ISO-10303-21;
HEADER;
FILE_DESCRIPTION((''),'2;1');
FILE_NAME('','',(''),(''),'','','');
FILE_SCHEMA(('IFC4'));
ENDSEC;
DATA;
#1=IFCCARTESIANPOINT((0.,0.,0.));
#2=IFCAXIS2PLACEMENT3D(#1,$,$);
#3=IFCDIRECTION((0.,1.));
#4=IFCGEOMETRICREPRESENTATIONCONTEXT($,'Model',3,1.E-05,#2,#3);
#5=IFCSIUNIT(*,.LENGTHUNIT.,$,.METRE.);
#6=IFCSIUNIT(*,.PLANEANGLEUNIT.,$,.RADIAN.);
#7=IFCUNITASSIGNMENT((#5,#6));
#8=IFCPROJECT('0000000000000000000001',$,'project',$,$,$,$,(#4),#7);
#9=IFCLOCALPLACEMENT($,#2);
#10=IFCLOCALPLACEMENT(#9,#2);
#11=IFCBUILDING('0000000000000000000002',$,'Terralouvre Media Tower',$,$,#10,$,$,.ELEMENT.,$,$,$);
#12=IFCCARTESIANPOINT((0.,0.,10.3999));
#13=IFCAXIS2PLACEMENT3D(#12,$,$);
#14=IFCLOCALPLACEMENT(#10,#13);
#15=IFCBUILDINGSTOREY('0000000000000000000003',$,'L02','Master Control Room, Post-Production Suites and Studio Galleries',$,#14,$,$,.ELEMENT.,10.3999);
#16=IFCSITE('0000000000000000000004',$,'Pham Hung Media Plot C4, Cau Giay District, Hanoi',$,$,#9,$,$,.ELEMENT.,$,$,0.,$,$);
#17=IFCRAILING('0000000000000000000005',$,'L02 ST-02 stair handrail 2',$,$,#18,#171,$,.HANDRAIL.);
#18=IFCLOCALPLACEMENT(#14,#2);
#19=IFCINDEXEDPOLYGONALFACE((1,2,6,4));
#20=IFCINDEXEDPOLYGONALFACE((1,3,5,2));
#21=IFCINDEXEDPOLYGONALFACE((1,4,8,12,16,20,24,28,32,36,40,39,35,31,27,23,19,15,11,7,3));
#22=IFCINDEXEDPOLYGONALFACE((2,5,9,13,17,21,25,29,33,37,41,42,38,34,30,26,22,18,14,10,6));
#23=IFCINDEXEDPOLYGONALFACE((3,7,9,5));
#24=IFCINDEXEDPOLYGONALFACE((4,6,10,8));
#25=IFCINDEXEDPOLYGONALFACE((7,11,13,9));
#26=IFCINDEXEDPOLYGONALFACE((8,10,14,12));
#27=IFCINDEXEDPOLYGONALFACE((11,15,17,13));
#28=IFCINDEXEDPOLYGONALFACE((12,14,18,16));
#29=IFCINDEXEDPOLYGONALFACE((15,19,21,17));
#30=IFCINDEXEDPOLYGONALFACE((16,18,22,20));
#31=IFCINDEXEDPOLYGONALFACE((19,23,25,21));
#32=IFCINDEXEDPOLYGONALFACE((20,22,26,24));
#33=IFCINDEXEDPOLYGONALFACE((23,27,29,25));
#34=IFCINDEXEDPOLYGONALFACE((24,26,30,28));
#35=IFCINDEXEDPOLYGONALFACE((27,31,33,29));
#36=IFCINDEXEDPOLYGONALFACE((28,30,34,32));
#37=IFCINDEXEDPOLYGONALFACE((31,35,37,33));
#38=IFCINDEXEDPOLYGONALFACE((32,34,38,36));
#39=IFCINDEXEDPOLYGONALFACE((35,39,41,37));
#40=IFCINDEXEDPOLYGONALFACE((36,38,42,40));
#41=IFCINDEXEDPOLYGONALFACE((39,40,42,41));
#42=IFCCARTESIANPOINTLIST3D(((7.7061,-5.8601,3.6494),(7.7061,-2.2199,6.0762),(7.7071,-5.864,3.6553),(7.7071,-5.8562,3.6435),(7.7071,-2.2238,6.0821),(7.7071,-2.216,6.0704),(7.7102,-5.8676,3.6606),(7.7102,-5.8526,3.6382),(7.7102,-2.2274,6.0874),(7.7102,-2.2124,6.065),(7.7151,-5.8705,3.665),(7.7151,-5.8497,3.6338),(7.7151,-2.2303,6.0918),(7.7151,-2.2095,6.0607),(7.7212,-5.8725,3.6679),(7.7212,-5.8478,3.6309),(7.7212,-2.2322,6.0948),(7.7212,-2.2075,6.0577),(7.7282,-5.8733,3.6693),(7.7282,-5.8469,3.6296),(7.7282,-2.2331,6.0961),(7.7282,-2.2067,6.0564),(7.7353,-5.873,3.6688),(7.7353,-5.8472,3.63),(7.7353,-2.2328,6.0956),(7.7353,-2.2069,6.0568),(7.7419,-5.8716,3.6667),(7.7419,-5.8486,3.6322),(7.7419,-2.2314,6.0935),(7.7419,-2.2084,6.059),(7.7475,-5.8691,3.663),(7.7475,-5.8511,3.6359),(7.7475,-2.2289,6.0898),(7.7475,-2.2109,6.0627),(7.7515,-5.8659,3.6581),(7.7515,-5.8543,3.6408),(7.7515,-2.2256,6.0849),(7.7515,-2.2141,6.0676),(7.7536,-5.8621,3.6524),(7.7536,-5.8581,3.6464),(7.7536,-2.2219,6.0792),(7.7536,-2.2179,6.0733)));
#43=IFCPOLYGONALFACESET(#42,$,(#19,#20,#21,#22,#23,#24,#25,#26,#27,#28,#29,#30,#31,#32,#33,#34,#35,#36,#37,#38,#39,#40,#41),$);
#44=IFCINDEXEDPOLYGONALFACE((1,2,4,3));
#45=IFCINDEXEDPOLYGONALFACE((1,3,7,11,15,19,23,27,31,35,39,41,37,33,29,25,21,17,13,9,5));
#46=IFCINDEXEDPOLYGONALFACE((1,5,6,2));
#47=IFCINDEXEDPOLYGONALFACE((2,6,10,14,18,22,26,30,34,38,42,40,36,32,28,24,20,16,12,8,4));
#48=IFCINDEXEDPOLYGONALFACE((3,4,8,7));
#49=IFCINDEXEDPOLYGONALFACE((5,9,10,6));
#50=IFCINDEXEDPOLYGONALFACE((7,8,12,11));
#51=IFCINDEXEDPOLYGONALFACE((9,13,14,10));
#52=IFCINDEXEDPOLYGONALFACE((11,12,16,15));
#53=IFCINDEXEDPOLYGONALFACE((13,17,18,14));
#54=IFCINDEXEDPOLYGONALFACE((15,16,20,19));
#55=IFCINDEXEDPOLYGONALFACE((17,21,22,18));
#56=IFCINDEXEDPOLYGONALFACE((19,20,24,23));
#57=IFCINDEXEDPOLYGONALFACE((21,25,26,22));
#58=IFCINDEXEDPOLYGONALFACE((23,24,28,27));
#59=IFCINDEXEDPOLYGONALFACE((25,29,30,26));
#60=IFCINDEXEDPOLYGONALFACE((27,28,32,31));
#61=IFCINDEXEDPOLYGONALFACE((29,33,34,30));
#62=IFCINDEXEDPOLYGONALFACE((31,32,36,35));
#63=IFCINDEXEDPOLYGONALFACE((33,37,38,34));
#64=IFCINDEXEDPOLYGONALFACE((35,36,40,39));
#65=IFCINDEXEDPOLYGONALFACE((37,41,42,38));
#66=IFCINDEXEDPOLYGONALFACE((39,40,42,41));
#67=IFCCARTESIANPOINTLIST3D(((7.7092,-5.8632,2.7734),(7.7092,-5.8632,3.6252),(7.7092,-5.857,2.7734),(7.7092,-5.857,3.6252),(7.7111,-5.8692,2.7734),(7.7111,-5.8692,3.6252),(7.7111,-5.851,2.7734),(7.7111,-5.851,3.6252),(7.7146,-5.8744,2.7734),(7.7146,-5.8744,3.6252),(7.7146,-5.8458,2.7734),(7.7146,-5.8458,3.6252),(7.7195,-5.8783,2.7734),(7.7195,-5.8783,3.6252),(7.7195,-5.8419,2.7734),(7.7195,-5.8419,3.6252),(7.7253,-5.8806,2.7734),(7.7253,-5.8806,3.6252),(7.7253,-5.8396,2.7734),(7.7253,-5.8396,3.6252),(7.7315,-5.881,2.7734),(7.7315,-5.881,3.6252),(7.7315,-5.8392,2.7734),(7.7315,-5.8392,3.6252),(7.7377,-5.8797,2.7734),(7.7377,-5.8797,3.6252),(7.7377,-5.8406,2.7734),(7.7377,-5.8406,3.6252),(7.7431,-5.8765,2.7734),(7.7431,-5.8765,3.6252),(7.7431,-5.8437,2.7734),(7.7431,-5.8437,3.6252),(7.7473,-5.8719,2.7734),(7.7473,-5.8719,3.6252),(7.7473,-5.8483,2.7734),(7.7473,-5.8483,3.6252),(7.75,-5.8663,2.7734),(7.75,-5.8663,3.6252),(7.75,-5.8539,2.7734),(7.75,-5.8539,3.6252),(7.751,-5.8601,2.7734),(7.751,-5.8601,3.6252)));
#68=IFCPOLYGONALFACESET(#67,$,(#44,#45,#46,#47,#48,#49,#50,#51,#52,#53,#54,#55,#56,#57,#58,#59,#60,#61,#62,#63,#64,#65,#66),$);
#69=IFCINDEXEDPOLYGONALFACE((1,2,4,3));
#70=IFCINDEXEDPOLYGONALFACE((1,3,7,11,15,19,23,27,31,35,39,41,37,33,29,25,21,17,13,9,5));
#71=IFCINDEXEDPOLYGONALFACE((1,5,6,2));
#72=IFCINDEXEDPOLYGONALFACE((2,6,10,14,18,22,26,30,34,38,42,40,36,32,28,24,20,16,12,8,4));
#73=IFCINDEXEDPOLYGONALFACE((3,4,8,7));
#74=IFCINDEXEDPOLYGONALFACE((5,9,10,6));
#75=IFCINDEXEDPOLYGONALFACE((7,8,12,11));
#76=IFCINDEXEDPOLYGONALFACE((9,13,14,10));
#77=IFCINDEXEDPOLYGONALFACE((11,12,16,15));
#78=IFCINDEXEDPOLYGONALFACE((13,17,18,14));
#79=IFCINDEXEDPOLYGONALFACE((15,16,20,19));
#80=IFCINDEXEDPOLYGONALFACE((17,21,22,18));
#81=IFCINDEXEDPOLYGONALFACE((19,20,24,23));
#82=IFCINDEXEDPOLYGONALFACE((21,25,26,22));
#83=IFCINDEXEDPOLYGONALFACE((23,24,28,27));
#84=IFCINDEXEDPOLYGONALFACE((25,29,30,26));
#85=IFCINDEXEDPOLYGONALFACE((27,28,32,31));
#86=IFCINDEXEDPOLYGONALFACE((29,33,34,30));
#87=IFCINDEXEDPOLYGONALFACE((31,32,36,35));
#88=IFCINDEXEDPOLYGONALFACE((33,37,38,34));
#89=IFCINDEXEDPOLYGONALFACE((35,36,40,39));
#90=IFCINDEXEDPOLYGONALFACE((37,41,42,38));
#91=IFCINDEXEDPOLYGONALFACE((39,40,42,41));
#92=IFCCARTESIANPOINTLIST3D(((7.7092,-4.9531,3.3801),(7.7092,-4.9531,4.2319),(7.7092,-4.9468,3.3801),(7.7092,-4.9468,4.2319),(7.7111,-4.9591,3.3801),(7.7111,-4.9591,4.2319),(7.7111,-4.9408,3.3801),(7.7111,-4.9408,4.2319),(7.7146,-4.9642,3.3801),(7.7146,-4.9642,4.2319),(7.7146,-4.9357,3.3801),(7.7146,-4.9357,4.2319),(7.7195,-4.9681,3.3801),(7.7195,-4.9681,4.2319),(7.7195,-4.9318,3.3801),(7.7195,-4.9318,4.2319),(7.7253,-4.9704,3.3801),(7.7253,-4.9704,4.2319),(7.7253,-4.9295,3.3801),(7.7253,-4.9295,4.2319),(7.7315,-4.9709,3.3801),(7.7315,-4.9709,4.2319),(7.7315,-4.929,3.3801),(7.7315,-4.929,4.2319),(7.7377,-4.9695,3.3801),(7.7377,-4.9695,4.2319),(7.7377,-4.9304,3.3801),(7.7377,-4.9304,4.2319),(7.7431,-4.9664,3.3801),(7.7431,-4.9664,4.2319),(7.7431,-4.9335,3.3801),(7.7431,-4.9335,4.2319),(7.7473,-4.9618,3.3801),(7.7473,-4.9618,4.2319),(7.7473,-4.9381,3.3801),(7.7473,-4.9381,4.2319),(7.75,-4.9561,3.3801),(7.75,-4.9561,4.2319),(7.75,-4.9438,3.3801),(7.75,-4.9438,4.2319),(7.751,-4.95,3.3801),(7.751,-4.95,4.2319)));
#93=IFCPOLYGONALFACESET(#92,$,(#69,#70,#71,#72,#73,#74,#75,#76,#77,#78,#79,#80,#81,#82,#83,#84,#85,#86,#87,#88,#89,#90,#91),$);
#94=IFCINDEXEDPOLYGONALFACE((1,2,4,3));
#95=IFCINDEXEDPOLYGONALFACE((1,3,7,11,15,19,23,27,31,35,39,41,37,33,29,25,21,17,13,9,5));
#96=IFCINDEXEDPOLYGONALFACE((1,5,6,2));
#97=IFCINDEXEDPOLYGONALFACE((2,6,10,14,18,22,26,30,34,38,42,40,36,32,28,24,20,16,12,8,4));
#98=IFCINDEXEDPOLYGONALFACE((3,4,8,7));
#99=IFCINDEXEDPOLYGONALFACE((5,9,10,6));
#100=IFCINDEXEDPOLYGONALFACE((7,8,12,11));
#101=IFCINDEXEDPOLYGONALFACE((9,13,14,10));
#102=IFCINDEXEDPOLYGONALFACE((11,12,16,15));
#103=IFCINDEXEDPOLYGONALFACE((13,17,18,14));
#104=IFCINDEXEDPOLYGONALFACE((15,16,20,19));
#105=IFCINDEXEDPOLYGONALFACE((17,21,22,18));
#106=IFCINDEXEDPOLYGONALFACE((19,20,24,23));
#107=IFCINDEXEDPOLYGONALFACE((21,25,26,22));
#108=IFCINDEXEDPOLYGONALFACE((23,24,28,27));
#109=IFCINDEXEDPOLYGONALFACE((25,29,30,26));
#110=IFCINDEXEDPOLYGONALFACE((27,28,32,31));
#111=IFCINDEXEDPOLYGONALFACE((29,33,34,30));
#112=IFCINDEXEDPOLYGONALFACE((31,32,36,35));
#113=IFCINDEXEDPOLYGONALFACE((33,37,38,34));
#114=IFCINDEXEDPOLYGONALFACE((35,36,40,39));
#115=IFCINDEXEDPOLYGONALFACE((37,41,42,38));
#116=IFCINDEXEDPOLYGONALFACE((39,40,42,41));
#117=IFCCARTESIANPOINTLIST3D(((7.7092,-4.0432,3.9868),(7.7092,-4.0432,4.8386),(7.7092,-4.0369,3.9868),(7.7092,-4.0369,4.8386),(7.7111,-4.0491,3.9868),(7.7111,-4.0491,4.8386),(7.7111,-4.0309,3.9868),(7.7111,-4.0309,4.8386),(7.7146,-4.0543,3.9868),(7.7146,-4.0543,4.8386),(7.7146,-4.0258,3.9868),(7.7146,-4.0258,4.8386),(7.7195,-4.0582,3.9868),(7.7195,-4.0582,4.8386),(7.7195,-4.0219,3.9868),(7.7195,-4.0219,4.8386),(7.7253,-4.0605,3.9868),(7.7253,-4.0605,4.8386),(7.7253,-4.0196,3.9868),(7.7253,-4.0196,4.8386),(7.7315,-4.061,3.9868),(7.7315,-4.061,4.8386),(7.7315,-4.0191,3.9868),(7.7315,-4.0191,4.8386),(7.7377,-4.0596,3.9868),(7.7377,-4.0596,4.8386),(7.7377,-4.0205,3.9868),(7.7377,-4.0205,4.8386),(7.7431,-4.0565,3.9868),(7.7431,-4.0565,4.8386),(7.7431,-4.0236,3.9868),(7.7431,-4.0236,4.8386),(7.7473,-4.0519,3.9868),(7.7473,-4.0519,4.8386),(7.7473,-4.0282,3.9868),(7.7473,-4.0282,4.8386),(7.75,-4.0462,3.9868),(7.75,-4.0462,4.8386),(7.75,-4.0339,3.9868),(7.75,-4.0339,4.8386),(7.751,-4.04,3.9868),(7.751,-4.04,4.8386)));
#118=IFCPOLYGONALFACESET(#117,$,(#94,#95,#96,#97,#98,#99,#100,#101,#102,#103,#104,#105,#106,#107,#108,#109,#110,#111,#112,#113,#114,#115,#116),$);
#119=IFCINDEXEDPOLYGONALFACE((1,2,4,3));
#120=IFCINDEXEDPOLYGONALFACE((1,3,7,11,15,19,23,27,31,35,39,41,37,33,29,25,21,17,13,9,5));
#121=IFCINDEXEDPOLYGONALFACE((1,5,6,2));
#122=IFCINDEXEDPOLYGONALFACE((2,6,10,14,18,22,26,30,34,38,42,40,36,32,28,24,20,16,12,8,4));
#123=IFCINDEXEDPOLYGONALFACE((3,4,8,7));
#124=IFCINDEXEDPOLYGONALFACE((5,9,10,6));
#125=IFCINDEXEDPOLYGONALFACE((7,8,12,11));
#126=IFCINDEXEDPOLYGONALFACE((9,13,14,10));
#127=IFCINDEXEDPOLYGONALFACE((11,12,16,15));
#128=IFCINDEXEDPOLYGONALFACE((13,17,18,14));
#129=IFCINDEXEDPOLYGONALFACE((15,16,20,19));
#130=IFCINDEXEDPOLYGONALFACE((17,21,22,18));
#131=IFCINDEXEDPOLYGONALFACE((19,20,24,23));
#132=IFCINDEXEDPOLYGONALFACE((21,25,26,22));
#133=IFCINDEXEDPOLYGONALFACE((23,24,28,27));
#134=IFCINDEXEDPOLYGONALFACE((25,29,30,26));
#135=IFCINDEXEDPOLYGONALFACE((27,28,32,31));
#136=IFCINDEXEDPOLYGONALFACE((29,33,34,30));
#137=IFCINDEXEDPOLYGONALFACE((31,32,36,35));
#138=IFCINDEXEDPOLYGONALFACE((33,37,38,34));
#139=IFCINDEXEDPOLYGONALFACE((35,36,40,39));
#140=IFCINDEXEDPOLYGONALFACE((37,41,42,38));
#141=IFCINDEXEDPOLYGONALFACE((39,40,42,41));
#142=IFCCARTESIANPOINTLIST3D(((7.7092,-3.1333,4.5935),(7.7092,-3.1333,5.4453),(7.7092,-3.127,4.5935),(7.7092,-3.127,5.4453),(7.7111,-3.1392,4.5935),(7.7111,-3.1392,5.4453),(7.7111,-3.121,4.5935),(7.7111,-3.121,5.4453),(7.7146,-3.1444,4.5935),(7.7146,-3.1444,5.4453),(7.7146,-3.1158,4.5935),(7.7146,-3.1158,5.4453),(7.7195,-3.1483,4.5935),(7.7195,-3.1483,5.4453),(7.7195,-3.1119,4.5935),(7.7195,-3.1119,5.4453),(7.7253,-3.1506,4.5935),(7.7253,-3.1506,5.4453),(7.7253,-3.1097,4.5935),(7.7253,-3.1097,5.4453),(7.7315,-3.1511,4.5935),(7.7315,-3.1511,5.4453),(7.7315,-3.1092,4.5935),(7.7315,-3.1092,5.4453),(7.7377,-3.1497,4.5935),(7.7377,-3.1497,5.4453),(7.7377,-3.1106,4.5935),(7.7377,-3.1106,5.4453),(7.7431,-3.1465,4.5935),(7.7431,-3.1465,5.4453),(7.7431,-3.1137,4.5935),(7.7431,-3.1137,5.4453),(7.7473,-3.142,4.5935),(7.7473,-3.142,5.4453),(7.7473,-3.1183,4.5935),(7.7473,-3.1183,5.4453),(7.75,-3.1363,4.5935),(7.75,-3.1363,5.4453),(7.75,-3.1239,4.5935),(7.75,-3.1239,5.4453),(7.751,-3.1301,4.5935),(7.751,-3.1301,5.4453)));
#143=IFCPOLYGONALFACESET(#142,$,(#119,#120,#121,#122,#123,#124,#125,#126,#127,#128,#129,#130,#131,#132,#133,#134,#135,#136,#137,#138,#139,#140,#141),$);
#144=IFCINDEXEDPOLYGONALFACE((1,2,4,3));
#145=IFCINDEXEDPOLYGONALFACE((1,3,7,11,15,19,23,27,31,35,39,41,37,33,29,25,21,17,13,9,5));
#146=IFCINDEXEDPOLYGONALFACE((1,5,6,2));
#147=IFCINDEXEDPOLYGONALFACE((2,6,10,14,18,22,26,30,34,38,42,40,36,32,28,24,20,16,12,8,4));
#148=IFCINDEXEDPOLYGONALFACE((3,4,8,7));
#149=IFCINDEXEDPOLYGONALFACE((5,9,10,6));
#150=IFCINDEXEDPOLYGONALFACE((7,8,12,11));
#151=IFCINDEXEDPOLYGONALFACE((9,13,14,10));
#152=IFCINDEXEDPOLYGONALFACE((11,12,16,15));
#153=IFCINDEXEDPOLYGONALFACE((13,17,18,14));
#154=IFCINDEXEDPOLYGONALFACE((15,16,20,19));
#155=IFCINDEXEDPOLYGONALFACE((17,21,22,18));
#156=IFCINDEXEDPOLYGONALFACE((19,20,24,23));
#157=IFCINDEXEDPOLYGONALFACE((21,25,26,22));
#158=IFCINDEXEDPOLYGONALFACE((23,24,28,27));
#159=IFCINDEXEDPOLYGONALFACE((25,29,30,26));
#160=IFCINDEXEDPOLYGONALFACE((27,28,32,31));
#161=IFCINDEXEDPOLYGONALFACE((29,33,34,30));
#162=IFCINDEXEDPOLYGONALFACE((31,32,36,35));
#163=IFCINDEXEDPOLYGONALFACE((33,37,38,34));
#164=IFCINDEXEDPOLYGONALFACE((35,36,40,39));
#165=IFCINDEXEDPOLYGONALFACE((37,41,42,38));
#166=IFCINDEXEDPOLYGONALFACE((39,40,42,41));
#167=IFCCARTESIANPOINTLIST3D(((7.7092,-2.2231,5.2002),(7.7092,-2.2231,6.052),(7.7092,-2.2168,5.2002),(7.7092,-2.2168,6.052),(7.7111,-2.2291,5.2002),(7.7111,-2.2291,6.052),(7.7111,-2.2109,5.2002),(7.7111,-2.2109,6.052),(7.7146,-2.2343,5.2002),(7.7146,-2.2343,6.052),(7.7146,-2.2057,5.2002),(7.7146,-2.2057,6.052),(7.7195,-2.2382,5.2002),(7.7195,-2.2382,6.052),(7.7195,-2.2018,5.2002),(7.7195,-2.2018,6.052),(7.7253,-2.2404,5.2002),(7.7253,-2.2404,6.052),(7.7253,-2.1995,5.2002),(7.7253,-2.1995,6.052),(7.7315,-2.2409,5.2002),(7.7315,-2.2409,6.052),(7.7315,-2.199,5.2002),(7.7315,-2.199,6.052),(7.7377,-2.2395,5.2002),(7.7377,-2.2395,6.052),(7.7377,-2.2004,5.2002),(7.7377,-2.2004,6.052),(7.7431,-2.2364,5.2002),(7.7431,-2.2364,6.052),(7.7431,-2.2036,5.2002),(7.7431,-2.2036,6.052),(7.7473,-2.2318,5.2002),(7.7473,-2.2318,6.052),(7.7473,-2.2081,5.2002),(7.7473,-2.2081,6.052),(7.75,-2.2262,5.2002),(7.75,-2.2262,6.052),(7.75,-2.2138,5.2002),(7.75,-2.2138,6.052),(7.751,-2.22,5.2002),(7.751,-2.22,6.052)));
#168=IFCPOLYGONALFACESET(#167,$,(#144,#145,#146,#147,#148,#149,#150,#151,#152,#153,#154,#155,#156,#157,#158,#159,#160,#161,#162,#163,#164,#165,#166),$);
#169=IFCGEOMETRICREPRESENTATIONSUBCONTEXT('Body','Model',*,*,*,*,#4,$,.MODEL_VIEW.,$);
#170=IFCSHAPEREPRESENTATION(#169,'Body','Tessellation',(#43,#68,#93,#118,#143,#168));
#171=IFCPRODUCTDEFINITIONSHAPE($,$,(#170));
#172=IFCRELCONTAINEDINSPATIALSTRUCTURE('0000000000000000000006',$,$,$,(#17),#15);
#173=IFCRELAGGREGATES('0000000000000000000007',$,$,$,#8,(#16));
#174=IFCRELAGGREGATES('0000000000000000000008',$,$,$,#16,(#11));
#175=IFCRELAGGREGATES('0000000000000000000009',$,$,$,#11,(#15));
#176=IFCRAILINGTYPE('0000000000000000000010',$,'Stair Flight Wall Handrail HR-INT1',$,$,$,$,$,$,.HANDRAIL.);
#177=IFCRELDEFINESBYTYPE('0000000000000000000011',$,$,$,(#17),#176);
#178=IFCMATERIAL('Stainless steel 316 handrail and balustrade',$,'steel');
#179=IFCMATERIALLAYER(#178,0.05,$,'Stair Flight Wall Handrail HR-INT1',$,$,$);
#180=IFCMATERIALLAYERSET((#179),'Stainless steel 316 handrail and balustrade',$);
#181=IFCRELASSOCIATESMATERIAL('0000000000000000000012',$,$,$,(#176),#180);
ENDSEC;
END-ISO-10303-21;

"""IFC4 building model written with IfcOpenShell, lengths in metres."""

from ifc_helpers import new_model, si_unit, direction, frame, origin, origin_2d, place, context, subcontext, project, spatial, circle, extrude, material, layer, layer_set, type_object, element, save


model = new_model("IFC4")

# Units and contexts
model_context = context("Model", 3, precision=1e-05, world=origin(), true_north=direction((0.0, 1.0)))
body_context = subcontext(model_context, "Body", "Model", "MODEL_VIEW")
ifc_project = project(units=[si_unit("LENGTHUNIT", "METRE"), si_unit("PLANEANGLEUNIT", "RADIAN")], contexts=[model_context])

# Site, building, storey
site_placement = place(None, origin())
site = spatial("IfcSite", under=ifc_project, at=site_placement, Name="Pham Hung Media Plot C4, Cau Giay District, Hanoi", CompositionType="ELEMENT", RefElevation=0.0)
building_placement = place(site_placement, origin())
building = spatial("IfcBuilding", under=site, at=building_placement, Name="Terralouvre Media Tower", CompositionType="ELEMENT")
storey_placement = place(building_placement, frame((0.0, 0.0, 10.3999)))
storey = spatial("IfcBuildingStorey", under=building, at=storey_placement, Name="L02", Description="Master Control Room, Post-Production Suites and Studio Galleries", CompositionType="ELEMENT", Elevation=10.3999)

# Railing
ifc_material_1 = material(Name="Stainless steel 316 handrail and balustrade", Category="steel")
ifc_layer_1 = layer(ifc_material_1, 0.05, Name="Stair Flight Wall Handrail HR-INT1")
ifc_layer_set_1 = layer_set([ifc_layer_1], Name="Stainless steel 316 handrail and balustrade")
railing_type_1 = type_object("IfcRailingType", Name="Stair Flight Wall Handrail HR-INT1", PredefinedType="HANDRAIL", material=ifc_layer_set_1)
railing_1_placement = place(storey_placement, frame((7.73, -5.8601, 2.7734)))
element("IfcRailing", 1, at=railing_1_placement, inside=storey, type_object=railing_type_1, Name="L02 ST-02 stair handrail 2", PredefinedType="HANDRAIL", context=body_context, shape_type="SweptSolid", body=[
    extrude(circle(Radius=0.0239, at=origin_2d()), frame((0.0, 0.0, 0.876), z_axis=(0.0, 0.83205, 0.5547), x_axis=(-1.0, 0.0, 0.0)), (0.0, 0.0, 1.0), 4.375),
    extrude(circle(Radius=0.021, at=origin_2d()), origin(), (0.0, 0.0, 1.0), 0.8518),
    extrude(circle(Radius=0.021, at=origin_2d()), frame((0.0, 0.9102, 0.6067)), (0.0, 0.0, 1.0), 0.8518),
    extrude(circle(Radius=0.021, at=origin_2d()), frame((0.0, 1.8201, 1.2134)), (0.0, 0.0, 1.0), 0.8518),
    extrude(circle(Radius=0.021, at=origin_2d()), frame((0.0, 2.73, 1.8201)), (0.0, 0.0, 1.0), 0.8518),
    extrude(circle(Radius=0.021, at=origin_2d()), frame((0.0, 3.6401, 2.4268)), (0.0, 0.0, 1.0), 0.8518),
])

save(model, "model.ifc")
